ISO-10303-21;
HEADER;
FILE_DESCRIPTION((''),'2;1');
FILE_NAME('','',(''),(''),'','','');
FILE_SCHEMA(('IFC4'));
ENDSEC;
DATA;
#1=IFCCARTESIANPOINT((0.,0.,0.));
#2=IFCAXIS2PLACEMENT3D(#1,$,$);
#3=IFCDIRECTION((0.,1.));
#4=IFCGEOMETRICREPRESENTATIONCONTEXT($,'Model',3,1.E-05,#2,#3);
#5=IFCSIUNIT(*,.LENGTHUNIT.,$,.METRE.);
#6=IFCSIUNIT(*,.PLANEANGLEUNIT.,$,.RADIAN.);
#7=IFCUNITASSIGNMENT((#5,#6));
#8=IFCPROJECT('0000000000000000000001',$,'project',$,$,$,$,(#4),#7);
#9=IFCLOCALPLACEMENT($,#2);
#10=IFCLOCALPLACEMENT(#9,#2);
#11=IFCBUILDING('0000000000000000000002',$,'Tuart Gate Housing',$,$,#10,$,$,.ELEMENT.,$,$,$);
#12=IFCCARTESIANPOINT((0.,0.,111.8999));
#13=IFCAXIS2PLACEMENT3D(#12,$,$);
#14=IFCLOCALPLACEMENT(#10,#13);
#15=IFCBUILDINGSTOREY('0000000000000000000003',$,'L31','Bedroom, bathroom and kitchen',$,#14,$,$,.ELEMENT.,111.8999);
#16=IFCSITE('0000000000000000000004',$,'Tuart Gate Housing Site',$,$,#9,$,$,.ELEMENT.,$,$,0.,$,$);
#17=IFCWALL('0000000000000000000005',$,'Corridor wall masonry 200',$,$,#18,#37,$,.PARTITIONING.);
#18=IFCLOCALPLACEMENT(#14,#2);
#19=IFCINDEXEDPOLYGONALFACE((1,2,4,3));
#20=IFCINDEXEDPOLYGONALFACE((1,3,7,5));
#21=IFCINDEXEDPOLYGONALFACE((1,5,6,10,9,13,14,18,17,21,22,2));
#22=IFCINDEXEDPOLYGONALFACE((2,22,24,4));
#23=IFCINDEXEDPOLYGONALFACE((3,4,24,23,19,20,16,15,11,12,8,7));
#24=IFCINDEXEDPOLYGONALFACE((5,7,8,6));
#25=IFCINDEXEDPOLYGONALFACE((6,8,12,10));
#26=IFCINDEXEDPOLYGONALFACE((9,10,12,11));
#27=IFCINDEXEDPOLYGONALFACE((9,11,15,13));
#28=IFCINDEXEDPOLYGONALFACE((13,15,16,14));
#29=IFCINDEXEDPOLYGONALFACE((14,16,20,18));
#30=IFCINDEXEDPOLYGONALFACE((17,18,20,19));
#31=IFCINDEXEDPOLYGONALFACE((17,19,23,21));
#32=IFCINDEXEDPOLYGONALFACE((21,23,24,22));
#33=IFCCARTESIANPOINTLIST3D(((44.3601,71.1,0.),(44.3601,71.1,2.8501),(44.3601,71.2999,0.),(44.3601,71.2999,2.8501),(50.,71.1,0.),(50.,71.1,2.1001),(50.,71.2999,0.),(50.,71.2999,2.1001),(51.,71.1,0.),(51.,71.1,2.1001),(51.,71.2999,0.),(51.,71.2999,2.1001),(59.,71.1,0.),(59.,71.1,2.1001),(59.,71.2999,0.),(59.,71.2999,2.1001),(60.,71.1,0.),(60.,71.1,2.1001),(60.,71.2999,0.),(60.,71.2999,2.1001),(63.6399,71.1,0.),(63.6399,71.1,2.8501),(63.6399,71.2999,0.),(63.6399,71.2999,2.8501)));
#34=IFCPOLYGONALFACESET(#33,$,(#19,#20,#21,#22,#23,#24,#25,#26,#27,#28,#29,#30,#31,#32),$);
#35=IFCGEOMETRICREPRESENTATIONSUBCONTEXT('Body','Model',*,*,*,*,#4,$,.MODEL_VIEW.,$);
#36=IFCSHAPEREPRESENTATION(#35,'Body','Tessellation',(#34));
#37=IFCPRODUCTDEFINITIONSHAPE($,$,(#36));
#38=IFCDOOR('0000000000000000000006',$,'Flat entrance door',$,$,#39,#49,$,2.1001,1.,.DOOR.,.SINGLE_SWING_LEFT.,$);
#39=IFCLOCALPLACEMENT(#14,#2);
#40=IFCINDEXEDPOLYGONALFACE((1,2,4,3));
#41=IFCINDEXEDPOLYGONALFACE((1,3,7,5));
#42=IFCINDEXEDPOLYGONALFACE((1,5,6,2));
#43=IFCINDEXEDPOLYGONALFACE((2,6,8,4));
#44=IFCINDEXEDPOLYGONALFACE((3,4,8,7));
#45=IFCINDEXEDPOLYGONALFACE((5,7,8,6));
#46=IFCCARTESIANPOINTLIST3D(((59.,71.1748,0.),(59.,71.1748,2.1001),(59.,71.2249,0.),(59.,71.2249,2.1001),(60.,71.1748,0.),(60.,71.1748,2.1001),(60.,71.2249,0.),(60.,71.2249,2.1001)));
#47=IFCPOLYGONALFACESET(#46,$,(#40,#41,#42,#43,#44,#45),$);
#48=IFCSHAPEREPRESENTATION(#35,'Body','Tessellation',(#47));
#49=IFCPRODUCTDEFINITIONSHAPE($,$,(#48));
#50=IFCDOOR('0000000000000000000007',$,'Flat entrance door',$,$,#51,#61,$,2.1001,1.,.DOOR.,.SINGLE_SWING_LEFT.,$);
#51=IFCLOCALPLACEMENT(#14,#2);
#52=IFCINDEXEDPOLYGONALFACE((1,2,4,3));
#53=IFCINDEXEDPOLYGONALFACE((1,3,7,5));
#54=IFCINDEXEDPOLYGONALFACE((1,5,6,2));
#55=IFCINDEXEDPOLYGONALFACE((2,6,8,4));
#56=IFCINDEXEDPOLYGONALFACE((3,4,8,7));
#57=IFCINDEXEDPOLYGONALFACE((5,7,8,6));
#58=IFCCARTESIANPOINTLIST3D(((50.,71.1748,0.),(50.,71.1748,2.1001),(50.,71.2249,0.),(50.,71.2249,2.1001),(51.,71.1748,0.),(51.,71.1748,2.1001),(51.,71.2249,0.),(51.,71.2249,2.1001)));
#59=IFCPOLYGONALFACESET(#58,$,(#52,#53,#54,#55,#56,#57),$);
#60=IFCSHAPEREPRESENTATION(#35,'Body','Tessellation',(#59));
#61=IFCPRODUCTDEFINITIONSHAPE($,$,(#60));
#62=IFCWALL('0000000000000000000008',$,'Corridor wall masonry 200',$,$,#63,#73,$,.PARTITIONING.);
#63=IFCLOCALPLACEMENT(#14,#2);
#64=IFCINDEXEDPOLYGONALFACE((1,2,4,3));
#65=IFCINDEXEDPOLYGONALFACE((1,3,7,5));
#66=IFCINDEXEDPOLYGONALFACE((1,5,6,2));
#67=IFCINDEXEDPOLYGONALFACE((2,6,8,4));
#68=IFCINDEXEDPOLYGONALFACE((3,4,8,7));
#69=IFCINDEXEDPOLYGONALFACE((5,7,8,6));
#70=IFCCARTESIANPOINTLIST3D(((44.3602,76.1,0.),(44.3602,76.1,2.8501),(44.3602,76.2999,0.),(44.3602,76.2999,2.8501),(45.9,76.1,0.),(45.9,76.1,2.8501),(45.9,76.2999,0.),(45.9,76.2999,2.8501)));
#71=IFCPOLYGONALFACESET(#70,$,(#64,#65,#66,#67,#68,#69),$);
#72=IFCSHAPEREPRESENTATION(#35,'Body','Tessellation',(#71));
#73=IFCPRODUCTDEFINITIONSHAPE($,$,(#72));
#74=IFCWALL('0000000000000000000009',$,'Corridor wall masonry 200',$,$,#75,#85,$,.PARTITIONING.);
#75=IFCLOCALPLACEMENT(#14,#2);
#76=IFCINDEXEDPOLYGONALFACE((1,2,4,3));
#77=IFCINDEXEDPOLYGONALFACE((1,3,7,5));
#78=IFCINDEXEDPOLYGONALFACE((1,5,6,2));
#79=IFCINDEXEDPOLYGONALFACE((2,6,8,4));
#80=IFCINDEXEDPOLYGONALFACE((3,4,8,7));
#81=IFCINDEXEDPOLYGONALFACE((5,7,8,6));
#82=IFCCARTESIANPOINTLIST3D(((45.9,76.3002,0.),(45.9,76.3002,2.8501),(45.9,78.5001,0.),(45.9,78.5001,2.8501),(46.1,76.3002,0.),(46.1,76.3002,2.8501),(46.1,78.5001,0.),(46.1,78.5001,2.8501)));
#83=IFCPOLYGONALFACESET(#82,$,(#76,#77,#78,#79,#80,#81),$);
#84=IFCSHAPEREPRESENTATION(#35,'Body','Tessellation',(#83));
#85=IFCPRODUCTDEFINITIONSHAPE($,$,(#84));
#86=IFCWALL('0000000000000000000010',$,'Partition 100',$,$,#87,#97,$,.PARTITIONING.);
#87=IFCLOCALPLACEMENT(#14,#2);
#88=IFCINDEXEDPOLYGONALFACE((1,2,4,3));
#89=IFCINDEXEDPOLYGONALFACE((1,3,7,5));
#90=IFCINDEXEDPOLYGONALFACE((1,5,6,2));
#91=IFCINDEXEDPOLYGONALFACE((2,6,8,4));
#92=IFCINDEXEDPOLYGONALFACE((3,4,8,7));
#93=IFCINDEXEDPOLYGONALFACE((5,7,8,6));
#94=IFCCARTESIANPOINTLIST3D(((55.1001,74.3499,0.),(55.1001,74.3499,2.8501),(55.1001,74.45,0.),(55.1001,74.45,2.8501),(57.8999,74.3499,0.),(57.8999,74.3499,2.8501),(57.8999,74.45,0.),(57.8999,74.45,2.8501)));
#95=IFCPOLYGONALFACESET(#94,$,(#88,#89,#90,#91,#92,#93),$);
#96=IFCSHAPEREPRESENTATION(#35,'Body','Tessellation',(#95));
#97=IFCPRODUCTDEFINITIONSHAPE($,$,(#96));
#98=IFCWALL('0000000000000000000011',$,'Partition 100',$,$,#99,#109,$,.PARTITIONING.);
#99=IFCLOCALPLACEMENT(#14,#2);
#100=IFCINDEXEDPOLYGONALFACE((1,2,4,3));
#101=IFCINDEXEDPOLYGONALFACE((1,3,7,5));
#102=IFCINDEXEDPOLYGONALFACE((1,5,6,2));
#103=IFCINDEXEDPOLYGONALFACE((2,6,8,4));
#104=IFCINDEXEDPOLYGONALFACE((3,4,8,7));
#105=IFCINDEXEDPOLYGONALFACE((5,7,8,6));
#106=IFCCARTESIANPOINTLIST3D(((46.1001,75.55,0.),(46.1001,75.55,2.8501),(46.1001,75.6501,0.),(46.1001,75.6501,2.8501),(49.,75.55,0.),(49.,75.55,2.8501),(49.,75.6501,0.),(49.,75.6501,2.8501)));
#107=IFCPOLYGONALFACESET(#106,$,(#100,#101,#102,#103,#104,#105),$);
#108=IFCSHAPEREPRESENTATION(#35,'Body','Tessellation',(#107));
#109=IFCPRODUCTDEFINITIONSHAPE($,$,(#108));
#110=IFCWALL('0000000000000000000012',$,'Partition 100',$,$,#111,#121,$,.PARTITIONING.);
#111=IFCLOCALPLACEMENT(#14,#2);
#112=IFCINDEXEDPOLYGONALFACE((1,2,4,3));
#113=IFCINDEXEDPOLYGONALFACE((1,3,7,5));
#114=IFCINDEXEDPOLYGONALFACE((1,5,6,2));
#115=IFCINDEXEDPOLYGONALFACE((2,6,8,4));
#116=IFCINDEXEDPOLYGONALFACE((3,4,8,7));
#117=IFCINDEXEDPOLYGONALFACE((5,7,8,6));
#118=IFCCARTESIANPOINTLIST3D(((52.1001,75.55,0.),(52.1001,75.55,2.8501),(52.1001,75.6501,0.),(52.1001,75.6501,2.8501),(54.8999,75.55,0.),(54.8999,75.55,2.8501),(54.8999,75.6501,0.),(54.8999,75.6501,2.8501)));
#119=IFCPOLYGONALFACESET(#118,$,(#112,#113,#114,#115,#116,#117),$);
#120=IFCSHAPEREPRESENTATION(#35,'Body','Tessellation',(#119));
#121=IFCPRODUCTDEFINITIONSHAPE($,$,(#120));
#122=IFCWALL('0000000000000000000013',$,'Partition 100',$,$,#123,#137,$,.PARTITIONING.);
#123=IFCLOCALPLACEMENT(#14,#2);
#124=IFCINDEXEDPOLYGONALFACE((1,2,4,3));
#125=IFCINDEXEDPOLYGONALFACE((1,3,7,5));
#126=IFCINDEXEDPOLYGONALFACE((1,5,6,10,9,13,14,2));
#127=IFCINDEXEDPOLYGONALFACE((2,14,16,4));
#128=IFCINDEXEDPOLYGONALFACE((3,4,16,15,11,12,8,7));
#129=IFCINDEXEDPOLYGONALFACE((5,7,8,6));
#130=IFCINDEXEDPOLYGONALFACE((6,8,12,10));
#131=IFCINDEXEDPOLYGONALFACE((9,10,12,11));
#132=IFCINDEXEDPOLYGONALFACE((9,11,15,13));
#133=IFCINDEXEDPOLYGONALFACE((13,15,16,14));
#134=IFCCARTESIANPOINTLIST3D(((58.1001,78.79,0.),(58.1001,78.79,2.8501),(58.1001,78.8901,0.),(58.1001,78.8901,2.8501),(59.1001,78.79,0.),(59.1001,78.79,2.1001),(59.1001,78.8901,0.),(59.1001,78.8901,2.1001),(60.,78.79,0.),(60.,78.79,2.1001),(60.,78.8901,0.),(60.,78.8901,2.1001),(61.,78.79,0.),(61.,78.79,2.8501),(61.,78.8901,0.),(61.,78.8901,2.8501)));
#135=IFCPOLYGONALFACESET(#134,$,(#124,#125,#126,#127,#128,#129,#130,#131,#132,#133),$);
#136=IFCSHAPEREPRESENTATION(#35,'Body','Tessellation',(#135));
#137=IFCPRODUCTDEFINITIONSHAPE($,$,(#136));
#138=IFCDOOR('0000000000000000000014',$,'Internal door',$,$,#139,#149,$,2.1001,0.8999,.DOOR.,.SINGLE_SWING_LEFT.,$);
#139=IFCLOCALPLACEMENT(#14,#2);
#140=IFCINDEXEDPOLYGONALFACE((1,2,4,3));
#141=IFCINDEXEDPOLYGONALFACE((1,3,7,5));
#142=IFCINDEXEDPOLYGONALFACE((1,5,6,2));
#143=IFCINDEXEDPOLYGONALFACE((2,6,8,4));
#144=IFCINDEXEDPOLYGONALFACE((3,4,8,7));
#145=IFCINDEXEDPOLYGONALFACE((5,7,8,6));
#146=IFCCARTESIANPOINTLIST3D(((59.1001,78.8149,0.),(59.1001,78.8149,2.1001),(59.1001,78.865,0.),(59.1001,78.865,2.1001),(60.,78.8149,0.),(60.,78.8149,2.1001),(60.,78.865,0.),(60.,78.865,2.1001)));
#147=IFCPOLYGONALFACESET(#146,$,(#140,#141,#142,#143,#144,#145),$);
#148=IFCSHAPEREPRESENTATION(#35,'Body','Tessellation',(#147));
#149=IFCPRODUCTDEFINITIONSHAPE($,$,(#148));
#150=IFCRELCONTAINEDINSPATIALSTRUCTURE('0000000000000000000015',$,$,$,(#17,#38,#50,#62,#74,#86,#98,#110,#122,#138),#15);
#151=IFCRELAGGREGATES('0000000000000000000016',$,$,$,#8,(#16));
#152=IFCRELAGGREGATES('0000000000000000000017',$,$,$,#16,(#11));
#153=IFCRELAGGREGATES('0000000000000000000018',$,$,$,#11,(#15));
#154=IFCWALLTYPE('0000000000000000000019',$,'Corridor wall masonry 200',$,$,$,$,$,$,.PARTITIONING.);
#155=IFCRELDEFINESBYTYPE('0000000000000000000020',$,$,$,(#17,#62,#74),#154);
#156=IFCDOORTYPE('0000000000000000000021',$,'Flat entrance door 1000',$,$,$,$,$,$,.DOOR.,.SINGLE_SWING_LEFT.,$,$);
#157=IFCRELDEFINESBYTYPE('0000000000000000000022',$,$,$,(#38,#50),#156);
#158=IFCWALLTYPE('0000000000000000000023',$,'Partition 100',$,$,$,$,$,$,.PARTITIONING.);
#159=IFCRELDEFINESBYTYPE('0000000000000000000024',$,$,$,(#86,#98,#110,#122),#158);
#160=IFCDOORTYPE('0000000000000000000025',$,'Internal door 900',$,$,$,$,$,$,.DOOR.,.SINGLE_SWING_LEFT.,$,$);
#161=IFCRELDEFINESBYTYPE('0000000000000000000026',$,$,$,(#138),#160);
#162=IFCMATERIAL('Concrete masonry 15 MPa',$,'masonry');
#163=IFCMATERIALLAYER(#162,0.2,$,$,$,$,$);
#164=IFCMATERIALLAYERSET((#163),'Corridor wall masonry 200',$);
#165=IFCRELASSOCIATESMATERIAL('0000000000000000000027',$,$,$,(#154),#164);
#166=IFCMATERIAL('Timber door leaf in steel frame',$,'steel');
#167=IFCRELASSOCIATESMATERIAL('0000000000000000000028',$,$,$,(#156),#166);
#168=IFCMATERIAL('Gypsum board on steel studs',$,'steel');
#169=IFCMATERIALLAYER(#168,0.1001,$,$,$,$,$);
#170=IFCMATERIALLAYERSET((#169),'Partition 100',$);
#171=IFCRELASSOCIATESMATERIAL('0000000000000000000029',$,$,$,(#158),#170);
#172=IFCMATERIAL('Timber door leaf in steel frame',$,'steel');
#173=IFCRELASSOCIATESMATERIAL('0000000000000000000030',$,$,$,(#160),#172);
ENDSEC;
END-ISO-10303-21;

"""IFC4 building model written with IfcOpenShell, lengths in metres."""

from ifc_helpers import new_model, si_unit, direction, frame, frame_2d, origin, place, context, subcontext, project, spatial, rectangle, extrude, material, layer, layer_set, type_object, element, fill, save


model = new_model("IFC4")

# Units and contexts
model_context = context("Model", 3, precision=1e-05, world=origin(), true_north=direction((0.0, 1.0)))
body_context = subcontext(model_context, "Body", "Model", "MODEL_VIEW")
ifc_project = project(units=[si_unit("LENGTHUNIT", "METRE"), si_unit("PLANEANGLEUNIT", "RADIAN")], contexts=[model_context])

# Site, building, storey
site_placement = place(None, origin())
site = spatial("IfcSite", under=ifc_project, at=site_placement, Name="Tuart Gate Housing Site", CompositionType="ELEMENT", RefElevation=0.0)
building_placement = place(site_placement, origin())
building = spatial("IfcBuilding", under=site, at=building_placement, Name="Tuart Gate Housing", CompositionType="ELEMENT")
storey_placement = place(building_placement, frame((0.0, 0.0, 111.8999)))
storey = spatial("IfcBuildingStorey", under=building, at=storey_placement, Name="L31", Description="Bedroom, bathroom and kitchen", CompositionType="ELEMENT", Elevation=111.8999)

# Wall, openings, doors
ifc_material_1 = material(Name="Concrete masonry 15 MPa", Category="masonry")
ifc_layer_1 = layer(ifc_material_1, 0.2)
ifc_layer_set_1 = layer_set([ifc_layer_1], Name="Corridor wall masonry 200")
wall_type_1 = type_object("IfcWallType", Name="Corridor wall masonry 200", PredefinedType="PARTITIONING", material=ifc_layer_set_1)
wall_1_placement = place(storey_placement, frame((44.3601, 71.2, 0.0), z_axis=(0.0, 0.0, 1.0), x_axis=(1.0, 0.0, 0.0)))
wall_1 = element("IfcWall", 1, at=wall_1_placement, inside=storey, type_object=wall_type_1, Name="Corridor wall masonry 200", PredefinedType="PARTITIONING", context=body_context, shape_type="SweptSolid", body=[
    extrude(rectangle(XDim=19.2798, YDim=0.2, at=frame_2d((9.6399, 0.0))), origin(), (0.0, 0.0, 1.0), 2.8501),
])
opening_1_placement = place(wall_1_placement, frame((14.6399, 0.0, 0.0)))
opening_1 = element("IfcOpeningElement", 2, at=opening_1_placement, cuts=wall_1, PredefinedType="OPENING", context=body_context, shape_type="SweptSolid", body=[
    extrude(rectangle(XDim=1.0, YDim=2.1001, at=frame_2d((0.5, 1.05))), frame((0.0, 0.1099, 0.0), z_axis=(0.0, -1.0, 0.0), x_axis=(1.0, 0.0, 0.0)), (0.0, 0.0, 1.0), 0.22),
])
opening_2_placement = place(wall_1_placement, frame((5.6399, 0.0, 0.0)))
opening_2 = element("IfcOpeningElement", 3, at=opening_2_placement, cuts=wall_1, PredefinedType="OPENING", context=body_context, shape_type="SweptSolid", body=[
    extrude(rectangle(XDim=1.0, YDim=2.1001, at=frame_2d((0.5, 1.05))), frame((0.0, 0.1099, 0.0), z_axis=(0.0, -1.0, 0.0), x_axis=(1.0, 0.0, 0.0)), (0.0, 0.0, 1.0), 0.22),
])
ifc_material_2 = material(Name="Timber door leaf in steel frame", Category="steel")
door_type_1 = type_object("IfcDoorType", Name="Flat entrance door 1000", OperationType="SINGLE_SWING_LEFT", PredefinedType="DOOR", material=ifc_material_2)
door_1_placement = place(opening_1_placement, origin())
door_1 = element("IfcDoor", 4, at=door_1_placement, inside=storey, type_object=door_type_1, Name="Flat entrance door", OperationType="SINGLE_SWING_LEFT", OverallHeight=2.1001, OverallWidth=1.0, PredefinedType="DOOR", context=body_context, shape_type="SweptSolid", body=[
    extrude(rectangle(XDim=1.0, YDim=2.1001, at=frame_2d((0.5, 1.05))), frame((0.0, 0.0249, 0.0), z_axis=(0.0, -1.0, 0.0), x_axis=(1.0, 0.0, 0.0)), (0.0, 0.0, 1.0), 0.05),
])
fill(opening_1, door_1)
door_2_placement = place(opening_2_placement, origin())
door_2 = element("IfcDoor", 5, at=door_2_placement, inside=storey, type_object=door_type_1, Name="Flat entrance door", OperationType="SINGLE_SWING_LEFT", OverallHeight=2.1001, OverallWidth=1.0, PredefinedType="DOOR", context=body_context, shape_type="SweptSolid", body=[
    extrude(rectangle(XDim=1.0, YDim=2.1001, at=frame_2d((0.5, 1.05))), frame((0.0, 0.0249, 0.0), z_axis=(0.0, -1.0, 0.0), x_axis=(1.0, 0.0, 0.0)), (0.0, 0.0, 1.0), 0.05),
])
fill(opening_2, door_2)

# Walls
wall_2_placement = place(storey_placement, frame((44.3601, 76.2, 0.0), z_axis=(0.0, 0.0, 1.0), x_axis=(1.0, 0.0, 0.0)))
element("IfcWall", 6, at=wall_2_placement, inside=storey, type_object=wall_type_1, Name="Corridor wall masonry 200", PredefinedType="PARTITIONING", context=body_context, shape_type="SweptSolid", body=[
    extrude(rectangle(XDim=1.5398, YDim=0.2, at=frame_2d((0.77, 0.0))), origin(), (0.0, 0.0, 1.0), 2.8501),
])
wall_3_placement = place(storey_placement, frame((46.0, 76.3, 0.0), z_axis=(0.0, 0.0, 1.0), x_axis=(0.0, 1.0, 0.0)))
element("IfcWall", 7, at=wall_3_placement, inside=storey, type_object=wall_type_1, Name="Corridor wall masonry 200", PredefinedType="PARTITIONING", context=body_context, shape_type="SweptSolid", body=[
    extrude(rectangle(XDim=2.2, YDim=0.2, at=frame_2d((1.1001, 0.0))), origin(), (0.0, 0.0, 1.0), 2.8501),
])
ifc_material_3 = material(Name="Gypsum board on steel studs", Category="steel")
ifc_layer_2 = layer(ifc_material_3, 0.1001)
ifc_layer_set_2 = layer_set([ifc_layer_2], Name="Partition 100")
wall_type_2 = type_object("IfcWallType", Name="Partition 100", PredefinedType="PARTITIONING", material=ifc_layer_set_2)
wall_4_placement = place(storey_placement, frame((55.1001, 74.3999, 0.0), z_axis=(0.0, 0.0, 1.0), x_axis=(1.0, 0.0, 0.0)))
element("IfcWall", 8, at=wall_4_placement, inside=storey, type_object=wall_type_2, Name="Partition 100", PredefinedType="PARTITIONING", context=body_context, shape_type="SweptSolid", body=[
    extrude(rectangle(XDim=2.7998, YDim=0.1001, at=frame_2d((1.3999, 0.0))), origin(), (0.0, 0.0, 1.0), 2.8501),
])
wall_5_placement = place(storey_placement, frame((46.1001, 75.6001, 0.0), z_axis=(0.0, 0.0, 1.0), x_axis=(1.0, 0.0, 0.0)))
element("IfcWall", 9, at=wall_5_placement, inside=storey, type_object=wall_type_2, Name="Partition 100", PredefinedType="PARTITIONING", context=body_context, shape_type="SweptSolid", body=[
    extrude(rectangle(XDim=2.8999, YDim=0.1001, at=frame_2d((1.45, 0.0))), origin(), (0.0, 0.0, 1.0), 2.8501),
])
wall_6_placement = place(storey_placement, frame((52.1001, 75.6001, 0.0), z_axis=(0.0, 0.0, 1.0), x_axis=(1.0, 0.0, 0.0)))
element("IfcWall", 10, at=wall_6_placement, inside=storey, type_object=wall_type_2, Name="Partition 100", PredefinedType="PARTITIONING", context=body_context, shape_type="SweptSolid", body=[
    extrude(rectangle(XDim=2.7998, YDim=0.1001, at=frame_2d((1.3999, 0.0))), origin(), (0.0, 0.0, 1.0), 2.8501),
])

# Wall, opening, door
wall_7_placement = place(storey_placement, frame((58.1001, 78.8401, 0.0), z_axis=(0.0, 0.0, 1.0), x_axis=(1.0, 0.0, 0.0)))
wall_7 = element("IfcWall", 11, at=wall_7_placement, inside=storey, type_object=wall_type_2, Name="Partition 100", PredefinedType="PARTITIONING", context=body_context, shape_type="SweptSolid", body=[
    extrude(rectangle(XDim=2.8999, YDim=0.1001, at=frame_2d((1.45, 0.0))), origin(), (0.0, 0.0, 1.0), 2.8501),
])
opening_3_placement = place(wall_7_placement, frame((1.0, 0.0, 0.0)))
opening_3 = element("IfcOpeningElement", 12, at=opening_3_placement, cuts=wall_7, PredefinedType="OPENING", context=body_context, shape_type="SweptSolid", body=[
    extrude(rectangle(XDim=0.8999, YDim=2.1001, at=frame_2d((0.45, 1.05))), frame((0.0, 0.0601, 0.0), z_axis=(0.0, -1.0, 0.0), x_axis=(1.0, 0.0, 0.0)), (0.0, 0.0, 1.0), 0.1201),
])
ifc_material_4 = material(Name="Timber door leaf in steel frame", Category="steel")
door_type_2 = type_object("IfcDoorType", Name="Internal door 900", OperationType="SINGLE_SWING_LEFT", PredefinedType="DOOR", material=ifc_material_4)
door_3_placement = place(opening_3_placement, frame((0.8999, 0.0, 0.0), z_axis=(0.0, 0.0, 1.0), x_axis=(-1.0, 0.0, 0.0)))
door_3 = element("IfcDoor", 13, at=door_3_placement, inside=storey, type_object=door_type_2, Name="Internal door", OperationType="SINGLE_SWING_LEFT", OverallHeight=2.1001, OverallWidth=0.8999, PredefinedType="DOOR", context=body_context, shape_type="SweptSolid", body=[
    extrude(rectangle(XDim=0.8999, YDim=2.1001, at=frame_2d((0.45, 1.05))), frame((0.0, 0.0251, 0.0), z_axis=(0.0, -1.0, 0.0), x_axis=(1.0, 0.0, 0.0)), (0.0, 0.0, 1.0), 0.05),
])
fill(opening_3, door_3)

save(model, "model.ifc")
